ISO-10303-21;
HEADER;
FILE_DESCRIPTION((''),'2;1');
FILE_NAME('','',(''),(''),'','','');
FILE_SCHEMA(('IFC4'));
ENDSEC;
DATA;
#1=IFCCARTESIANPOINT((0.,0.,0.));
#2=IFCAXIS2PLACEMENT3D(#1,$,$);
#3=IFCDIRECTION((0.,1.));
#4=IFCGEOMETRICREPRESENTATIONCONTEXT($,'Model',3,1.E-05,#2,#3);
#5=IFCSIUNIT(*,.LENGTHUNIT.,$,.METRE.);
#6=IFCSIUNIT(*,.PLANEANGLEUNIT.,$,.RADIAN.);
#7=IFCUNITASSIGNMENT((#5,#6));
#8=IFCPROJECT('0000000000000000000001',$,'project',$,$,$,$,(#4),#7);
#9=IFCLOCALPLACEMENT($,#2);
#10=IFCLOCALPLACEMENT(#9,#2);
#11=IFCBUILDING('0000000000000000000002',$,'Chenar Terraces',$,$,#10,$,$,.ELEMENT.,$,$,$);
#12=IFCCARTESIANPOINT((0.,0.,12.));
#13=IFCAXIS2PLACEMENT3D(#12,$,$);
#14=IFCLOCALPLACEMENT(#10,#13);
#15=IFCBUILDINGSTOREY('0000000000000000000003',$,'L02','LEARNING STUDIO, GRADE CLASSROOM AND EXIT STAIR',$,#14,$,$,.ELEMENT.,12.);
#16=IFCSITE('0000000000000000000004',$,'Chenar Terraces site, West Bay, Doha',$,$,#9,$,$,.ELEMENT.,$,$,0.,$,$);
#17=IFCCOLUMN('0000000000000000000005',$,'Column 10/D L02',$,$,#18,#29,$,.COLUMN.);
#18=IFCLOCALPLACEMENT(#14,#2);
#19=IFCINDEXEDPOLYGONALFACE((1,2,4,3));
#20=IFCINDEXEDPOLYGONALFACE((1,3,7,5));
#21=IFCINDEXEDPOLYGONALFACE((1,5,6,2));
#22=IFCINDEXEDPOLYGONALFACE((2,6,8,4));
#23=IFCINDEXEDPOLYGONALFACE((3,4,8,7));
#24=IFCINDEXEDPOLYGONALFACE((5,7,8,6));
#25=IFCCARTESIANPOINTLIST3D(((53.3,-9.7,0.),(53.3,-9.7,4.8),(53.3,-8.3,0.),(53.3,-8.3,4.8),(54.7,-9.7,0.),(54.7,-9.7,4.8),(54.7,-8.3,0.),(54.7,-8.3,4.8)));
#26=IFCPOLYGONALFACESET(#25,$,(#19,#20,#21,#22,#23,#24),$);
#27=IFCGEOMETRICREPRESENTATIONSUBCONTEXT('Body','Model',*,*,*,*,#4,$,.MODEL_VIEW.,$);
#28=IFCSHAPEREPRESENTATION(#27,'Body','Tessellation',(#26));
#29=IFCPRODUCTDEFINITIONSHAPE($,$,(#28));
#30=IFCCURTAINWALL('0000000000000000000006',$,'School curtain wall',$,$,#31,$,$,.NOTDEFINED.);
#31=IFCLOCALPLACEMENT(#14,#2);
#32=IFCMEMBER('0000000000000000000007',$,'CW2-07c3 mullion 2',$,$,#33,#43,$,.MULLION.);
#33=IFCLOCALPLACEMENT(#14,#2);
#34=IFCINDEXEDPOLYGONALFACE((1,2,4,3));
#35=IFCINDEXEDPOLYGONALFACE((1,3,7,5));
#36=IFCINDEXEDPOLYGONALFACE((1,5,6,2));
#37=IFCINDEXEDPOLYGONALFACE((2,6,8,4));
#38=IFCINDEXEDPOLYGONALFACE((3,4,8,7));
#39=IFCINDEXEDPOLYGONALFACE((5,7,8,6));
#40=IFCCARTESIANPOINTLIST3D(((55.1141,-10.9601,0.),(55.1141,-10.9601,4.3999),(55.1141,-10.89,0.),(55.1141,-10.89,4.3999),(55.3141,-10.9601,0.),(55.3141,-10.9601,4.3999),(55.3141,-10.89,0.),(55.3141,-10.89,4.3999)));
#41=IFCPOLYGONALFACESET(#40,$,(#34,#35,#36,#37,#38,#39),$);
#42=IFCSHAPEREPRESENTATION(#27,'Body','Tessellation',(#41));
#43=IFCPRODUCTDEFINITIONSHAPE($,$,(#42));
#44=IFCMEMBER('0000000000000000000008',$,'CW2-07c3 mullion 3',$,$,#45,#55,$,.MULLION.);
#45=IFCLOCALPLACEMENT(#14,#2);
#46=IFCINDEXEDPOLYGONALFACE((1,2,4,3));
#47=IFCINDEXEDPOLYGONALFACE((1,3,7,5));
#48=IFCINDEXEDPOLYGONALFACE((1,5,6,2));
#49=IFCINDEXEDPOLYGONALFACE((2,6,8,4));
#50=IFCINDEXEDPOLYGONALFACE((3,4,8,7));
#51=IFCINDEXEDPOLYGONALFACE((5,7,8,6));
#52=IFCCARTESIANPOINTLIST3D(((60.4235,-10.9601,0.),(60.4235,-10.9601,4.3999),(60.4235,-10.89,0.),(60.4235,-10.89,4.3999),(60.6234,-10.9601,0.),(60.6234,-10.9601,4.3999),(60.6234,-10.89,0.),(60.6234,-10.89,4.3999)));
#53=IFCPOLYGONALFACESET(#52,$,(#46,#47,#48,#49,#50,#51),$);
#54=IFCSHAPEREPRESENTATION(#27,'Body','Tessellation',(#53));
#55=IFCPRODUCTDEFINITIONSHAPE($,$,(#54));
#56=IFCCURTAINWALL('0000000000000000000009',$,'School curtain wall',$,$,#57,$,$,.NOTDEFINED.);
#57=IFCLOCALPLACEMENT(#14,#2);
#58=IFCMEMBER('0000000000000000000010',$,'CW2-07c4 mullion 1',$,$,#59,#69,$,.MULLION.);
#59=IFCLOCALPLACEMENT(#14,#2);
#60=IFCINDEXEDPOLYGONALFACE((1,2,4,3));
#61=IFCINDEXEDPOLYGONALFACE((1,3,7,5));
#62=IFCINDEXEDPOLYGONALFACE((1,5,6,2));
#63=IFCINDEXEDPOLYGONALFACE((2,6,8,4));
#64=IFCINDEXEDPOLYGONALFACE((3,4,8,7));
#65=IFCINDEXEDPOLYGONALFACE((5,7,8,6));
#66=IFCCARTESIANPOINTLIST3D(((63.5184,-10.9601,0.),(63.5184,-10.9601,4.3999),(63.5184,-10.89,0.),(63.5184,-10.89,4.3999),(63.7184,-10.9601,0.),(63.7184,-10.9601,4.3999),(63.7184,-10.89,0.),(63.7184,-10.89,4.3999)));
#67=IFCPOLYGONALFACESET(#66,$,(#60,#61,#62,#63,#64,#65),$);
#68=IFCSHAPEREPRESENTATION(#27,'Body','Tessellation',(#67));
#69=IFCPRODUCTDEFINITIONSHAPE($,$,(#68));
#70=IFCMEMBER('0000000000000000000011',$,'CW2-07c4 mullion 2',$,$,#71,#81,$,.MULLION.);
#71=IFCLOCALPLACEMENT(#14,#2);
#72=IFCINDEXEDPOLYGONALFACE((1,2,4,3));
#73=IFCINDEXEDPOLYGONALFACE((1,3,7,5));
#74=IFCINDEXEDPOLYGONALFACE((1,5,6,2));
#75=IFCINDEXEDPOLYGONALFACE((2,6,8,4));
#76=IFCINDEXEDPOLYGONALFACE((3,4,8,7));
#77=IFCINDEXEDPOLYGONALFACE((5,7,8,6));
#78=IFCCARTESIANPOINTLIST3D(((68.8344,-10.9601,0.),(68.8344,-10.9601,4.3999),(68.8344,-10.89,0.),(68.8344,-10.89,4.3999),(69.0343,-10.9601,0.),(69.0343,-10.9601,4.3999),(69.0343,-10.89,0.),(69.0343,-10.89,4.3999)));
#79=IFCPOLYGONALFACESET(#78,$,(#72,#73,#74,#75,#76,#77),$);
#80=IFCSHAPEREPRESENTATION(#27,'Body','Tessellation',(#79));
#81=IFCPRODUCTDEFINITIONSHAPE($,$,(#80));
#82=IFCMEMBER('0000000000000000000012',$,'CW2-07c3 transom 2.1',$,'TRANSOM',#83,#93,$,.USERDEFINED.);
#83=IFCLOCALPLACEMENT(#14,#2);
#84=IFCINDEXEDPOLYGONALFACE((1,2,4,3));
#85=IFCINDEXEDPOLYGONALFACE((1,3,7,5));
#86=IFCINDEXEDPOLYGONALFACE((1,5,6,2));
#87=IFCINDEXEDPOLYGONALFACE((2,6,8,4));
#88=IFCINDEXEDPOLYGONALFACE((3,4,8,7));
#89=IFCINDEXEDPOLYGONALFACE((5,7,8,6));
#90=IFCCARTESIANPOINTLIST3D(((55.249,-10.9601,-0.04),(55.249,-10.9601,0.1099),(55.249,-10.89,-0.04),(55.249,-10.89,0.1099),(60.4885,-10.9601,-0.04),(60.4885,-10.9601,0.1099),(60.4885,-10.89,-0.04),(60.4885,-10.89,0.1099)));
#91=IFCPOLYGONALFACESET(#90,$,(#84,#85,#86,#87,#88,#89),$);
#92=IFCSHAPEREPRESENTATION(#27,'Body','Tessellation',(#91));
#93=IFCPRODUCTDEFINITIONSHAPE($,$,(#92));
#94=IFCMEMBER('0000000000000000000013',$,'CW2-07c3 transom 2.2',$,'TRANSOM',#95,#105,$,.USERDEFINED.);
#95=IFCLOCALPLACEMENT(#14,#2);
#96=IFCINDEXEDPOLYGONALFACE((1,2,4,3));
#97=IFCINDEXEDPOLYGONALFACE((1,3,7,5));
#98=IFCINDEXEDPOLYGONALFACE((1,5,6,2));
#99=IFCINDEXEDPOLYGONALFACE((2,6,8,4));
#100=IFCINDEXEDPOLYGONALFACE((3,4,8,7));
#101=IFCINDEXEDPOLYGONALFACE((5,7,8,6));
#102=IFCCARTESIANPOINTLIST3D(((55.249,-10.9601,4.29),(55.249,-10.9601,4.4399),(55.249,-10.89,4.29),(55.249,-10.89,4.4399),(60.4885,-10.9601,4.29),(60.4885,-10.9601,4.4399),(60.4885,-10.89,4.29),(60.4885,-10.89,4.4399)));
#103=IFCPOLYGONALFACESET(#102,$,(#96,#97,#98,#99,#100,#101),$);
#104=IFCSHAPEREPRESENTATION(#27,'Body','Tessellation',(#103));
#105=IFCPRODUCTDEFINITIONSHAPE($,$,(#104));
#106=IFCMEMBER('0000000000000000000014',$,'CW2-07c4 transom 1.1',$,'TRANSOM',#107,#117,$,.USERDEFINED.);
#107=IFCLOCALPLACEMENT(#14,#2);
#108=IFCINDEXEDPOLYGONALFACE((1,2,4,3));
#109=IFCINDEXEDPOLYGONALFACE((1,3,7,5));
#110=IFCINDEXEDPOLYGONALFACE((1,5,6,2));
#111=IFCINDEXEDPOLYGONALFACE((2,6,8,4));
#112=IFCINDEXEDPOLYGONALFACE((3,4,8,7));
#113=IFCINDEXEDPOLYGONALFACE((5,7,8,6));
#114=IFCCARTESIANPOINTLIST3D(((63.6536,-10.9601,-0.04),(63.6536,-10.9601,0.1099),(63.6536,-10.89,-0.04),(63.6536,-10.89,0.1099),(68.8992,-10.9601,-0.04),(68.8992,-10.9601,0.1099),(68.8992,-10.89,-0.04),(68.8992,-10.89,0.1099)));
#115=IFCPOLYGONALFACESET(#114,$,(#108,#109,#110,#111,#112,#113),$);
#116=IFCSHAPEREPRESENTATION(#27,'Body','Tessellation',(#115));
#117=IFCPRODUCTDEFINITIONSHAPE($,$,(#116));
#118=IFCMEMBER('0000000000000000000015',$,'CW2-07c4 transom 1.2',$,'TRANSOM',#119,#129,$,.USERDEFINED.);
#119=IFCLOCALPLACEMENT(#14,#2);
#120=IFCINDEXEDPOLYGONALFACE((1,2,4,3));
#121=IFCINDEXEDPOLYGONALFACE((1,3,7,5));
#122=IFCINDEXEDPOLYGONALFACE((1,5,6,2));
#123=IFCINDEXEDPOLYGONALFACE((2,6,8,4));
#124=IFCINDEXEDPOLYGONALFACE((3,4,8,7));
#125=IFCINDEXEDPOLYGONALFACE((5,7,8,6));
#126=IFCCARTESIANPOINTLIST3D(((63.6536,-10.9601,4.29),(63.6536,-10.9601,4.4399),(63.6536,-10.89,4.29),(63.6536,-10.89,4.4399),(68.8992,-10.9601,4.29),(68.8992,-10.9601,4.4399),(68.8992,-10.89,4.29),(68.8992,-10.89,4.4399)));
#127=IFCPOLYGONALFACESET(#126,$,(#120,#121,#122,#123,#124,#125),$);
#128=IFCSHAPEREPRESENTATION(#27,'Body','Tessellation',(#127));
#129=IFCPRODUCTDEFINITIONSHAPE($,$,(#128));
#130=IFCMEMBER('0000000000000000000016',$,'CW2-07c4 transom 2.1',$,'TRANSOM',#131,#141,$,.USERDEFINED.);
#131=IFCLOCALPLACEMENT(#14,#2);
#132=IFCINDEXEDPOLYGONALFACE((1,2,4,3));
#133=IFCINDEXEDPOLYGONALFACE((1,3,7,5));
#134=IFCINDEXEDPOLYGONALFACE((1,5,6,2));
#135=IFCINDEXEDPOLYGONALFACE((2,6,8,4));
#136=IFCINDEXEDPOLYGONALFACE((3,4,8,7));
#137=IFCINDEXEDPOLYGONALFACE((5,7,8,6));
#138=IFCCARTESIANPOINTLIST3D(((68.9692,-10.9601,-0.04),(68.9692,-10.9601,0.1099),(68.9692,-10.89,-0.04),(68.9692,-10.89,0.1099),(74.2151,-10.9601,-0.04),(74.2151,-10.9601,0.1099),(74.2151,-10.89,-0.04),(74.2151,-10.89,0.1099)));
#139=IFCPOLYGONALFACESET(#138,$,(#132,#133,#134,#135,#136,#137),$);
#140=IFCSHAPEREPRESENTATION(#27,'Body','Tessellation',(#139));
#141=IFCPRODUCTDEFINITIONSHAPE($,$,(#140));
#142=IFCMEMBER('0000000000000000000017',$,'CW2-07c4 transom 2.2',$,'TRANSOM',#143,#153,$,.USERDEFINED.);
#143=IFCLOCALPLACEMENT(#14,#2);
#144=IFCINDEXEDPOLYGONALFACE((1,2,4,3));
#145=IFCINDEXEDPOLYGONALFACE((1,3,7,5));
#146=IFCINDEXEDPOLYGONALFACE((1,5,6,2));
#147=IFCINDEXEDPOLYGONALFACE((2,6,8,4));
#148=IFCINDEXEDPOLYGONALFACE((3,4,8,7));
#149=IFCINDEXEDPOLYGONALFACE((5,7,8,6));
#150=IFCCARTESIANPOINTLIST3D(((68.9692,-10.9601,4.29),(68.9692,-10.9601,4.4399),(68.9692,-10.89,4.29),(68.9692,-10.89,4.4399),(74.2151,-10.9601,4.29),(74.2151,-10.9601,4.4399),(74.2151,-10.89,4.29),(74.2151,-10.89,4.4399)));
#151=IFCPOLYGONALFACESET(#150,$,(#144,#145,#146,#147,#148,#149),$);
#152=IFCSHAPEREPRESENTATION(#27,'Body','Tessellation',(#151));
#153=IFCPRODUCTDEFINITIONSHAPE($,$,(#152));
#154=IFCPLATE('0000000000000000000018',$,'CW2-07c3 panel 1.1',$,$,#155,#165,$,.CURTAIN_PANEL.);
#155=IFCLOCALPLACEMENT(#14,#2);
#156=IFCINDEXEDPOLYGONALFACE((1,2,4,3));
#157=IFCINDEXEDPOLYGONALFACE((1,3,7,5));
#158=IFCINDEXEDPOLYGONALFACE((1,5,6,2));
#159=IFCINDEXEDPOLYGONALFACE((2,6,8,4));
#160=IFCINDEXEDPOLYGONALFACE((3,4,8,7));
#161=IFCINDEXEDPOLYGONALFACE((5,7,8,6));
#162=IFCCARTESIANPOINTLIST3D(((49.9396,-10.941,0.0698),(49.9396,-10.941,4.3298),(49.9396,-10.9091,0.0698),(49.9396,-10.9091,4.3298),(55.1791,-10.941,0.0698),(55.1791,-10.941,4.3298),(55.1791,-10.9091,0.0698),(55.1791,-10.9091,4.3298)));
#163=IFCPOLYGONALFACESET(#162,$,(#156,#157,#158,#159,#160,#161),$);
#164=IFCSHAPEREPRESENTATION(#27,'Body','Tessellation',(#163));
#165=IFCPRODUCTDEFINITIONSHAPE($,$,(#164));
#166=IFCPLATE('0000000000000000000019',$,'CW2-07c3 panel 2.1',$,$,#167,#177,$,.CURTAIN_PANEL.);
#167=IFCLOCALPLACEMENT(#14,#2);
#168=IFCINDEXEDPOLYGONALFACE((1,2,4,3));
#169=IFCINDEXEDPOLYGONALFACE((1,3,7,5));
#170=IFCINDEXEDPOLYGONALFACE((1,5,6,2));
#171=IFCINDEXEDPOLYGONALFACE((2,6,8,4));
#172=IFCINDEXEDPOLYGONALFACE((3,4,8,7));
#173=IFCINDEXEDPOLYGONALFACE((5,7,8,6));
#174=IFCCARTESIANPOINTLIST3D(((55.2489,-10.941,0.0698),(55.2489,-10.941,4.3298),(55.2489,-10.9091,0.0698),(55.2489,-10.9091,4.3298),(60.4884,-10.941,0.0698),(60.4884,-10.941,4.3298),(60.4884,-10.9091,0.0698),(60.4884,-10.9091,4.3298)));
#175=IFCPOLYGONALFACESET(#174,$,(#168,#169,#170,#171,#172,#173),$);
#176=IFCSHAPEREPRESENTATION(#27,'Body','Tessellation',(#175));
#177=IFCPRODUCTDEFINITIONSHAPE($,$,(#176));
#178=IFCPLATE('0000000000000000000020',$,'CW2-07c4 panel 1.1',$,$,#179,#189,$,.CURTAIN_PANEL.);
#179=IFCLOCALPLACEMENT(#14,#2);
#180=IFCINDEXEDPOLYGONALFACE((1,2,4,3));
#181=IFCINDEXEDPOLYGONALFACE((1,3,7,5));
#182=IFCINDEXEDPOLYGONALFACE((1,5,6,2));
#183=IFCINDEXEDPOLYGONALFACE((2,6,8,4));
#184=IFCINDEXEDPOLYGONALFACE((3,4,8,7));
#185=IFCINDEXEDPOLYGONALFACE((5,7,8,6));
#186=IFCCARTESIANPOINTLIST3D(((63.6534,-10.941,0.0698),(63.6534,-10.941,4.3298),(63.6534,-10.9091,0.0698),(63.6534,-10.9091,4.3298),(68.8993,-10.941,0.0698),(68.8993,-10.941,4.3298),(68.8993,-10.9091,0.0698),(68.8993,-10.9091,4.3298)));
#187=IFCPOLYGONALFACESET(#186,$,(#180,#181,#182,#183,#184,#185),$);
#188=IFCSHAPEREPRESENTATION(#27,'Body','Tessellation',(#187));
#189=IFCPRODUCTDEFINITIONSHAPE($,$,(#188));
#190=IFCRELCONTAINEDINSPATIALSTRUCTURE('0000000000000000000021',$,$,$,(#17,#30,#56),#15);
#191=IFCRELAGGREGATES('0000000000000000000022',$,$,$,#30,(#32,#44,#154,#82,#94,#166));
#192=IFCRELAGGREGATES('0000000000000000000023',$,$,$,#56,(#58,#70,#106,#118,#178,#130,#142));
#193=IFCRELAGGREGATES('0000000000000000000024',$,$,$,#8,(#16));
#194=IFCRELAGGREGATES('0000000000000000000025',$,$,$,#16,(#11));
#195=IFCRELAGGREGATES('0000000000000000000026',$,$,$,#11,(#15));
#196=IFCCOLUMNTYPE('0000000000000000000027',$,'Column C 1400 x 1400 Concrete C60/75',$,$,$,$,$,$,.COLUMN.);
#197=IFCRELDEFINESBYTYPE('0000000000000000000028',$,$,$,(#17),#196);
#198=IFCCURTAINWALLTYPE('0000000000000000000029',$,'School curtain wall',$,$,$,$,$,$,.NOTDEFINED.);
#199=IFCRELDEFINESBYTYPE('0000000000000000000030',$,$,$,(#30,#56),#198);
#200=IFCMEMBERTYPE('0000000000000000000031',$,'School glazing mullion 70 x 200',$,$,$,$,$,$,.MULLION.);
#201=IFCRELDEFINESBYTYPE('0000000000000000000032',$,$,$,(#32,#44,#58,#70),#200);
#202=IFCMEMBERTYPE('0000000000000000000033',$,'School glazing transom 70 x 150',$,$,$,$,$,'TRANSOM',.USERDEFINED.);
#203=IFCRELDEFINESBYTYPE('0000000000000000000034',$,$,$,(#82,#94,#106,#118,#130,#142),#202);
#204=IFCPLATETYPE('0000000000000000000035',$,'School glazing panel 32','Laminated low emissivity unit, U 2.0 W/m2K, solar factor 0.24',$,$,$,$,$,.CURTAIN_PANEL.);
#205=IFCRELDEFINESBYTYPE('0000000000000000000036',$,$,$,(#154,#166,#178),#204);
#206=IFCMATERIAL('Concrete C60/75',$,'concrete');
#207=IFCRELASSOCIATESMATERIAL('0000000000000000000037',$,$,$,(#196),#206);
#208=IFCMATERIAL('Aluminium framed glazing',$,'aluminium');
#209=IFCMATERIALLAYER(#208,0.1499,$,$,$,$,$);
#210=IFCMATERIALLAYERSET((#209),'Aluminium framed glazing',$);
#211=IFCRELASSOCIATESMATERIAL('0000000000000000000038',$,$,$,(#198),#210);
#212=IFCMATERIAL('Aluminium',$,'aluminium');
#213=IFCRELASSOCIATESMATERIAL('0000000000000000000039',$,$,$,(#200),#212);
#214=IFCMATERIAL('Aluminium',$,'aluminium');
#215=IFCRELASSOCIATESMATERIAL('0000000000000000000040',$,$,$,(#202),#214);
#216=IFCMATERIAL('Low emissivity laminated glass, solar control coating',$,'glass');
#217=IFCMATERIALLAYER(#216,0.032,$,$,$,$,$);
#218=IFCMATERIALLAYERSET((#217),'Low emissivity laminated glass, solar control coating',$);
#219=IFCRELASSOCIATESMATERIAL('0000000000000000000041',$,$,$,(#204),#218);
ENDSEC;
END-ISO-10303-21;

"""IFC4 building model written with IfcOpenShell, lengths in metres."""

from ifc_helpers import new_model, si_unit, direction, frame, origin, origin_2d, place, context, subcontext, project, spatial, rectangle, extrude, material, layer, layer_set, material_profile, profile_set, type_object, element, aggregate, save


model = new_model("IFC4")

# Units and contexts
model_context = context("Model", 3, precision=1e-05, world=origin(), true_north=direction((0.0, 1.0)))
body_context = subcontext(model_context, "Body", "Model", "MODEL_VIEW")
ifc_project = project(units=[si_unit("LENGTHUNIT", "METRE"), si_unit("PLANEANGLEUNIT", "RADIAN")], contexts=[model_context])

# Site, building, storey
site_placement = place(None, origin())
site = spatial("IfcSite", under=ifc_project, at=site_placement, Name="Chenar Terraces site, West Bay, Doha", CompositionType="ELEMENT", RefElevation=0.0)
building_placement = place(site_placement, origin())
building = spatial("IfcBuilding", under=site, at=building_placement, Name="Chenar Terraces", CompositionType="ELEMENT")
storey_placement = place(building_placement, frame((0.0, 0.0, 12.0)))
storey = spatial("IfcBuildingStorey", under=building, at=storey_placement, Name="L02", Description="LEARNING STUDIO, GRADE CLASSROOM AND EXIT STAIR", CompositionType="ELEMENT", Elevation=12.0)

# Column
ifc_material_1 = material(Name="Concrete C60/75", Category="concrete")
ifc_material_profile_1 = material_profile(ifc_material_1, rectangle(XDim=1.3999, YDim=1.3999, at=origin_2d()), Name="C 1400 x 1400")
ifc_profile_set_1 = profile_set([ifc_material_profile_1], Name="Concrete C60/75")
column_type = type_object("IfcColumnType", Name="Column C 1400 x 1400 Concrete C60/75", PredefinedType="COLUMN", material=ifc_profile_set_1)
column_placement = place(storey_placement, frame((54.0, -9.0, 0.0), z_axis=(0.0, 0.0, 1.0), x_axis=(1.0, 0.0, 0.0)))
element("IfcColumn", 1, at=column_placement, inside=storey, type_object=column_type, Name="Column 10/D L02", PredefinedType="COLUMN", context=body_context, shape_type="SweptSolid", body=[
    extrude(rectangle(XDim=1.3999, YDim=1.3999, at=origin_2d()), origin(), (0.0, 0.0, 1.0), 4.8),
])

# Curtain walls, members
ifc_material_2 = material(Name="Aluminium framed glazing", Category="aluminium")
ifc_layer_1 = layer(ifc_material_2, 0.1499)
ifc_layer_set_1 = layer_set([ifc_layer_1], Name="Aluminium framed glazing")
curtain_wall_type = type_object("IfcCurtainWallType", Name="School curtain wall", PredefinedType="NOTDEFINED", material=ifc_layer_set_1)
placement = place(storey_placement, origin())
curtain_wall_1 = element("IfcCurtainWall", 2, at=placement, inside=storey, type_object=curtain_wall_type, Name="School curtain wall", PredefinedType="NOTDEFINED")
ifc_material_3 = material(Name="Aluminium", Category="aluminium")
ifc_material_profile_2 = material_profile(ifc_material_3, rectangle(XDim=0.0701, YDim=0.2, at=origin_2d()), Name="School glazing mullion 70 x 200")
ifc_profile_set_2 = profile_set([ifc_material_profile_2], Name="Aluminium")
member_type_1 = type_object("IfcMemberType", Name="School glazing mullion 70 x 200", PredefinedType="MULLION", material=ifc_profile_set_2)
member_1_placement = place(storey_placement, frame((55.2141, -10.925, 0.0), z_axis=(0.0, 0.0, 1.0), x_axis=(0.0, 1.0, 0.0)))
member_1 = element("IfcMember", 3, at=member_1_placement, type_object=member_type_1, Name="CW2-07c3 mullion 2", PredefinedType="MULLION", context=body_context, shape_type="SweptSolid", body=[
    extrude(rectangle(XDim=0.0701, YDim=0.2, at=origin_2d()), origin(), (0.0, 0.0, 1.0), 4.3999),
])
member_2_placement = place(storey_placement, frame((60.5234, -10.925, 0.0), z_axis=(0.0, 0.0, 1.0), x_axis=(0.0, 1.0, 0.0)))
member_2 = element("IfcMember", 4, at=member_2_placement, type_object=member_type_1, Name="CW2-07c3 mullion 3", PredefinedType="MULLION", context=body_context, shape_type="SweptSolid", body=[
    extrude(rectangle(XDim=0.0701, YDim=0.2, at=origin_2d()), origin(), (0.0, 0.0, 1.0), 4.3999),
])
curtain_wall_2 = element("IfcCurtainWall", 5, at=placement, inside=storey, type_object=curtain_wall_type, Name="School curtain wall", PredefinedType="NOTDEFINED")
member_3_placement = place(storey_placement, frame((63.6184, -10.925, 0.0), z_axis=(0.0, 0.0, 1.0), x_axis=(0.0, 1.0, 0.0)))
member_3 = element("IfcMember", 6, at=member_3_placement, type_object=member_type_1, Name="CW2-07c4 mullion 1", PredefinedType="MULLION", context=body_context, shape_type="SweptSolid", body=[
    extrude(rectangle(XDim=0.0701, YDim=0.2, at=origin_2d()), origin(), (0.0, 0.0, 1.0), 4.3999),
])
member_4_placement = place(storey_placement, frame((68.9343, -10.925, 0.0), z_axis=(0.0, 0.0, 1.0), x_axis=(0.0, 1.0, 0.0)))
member_4 = element("IfcMember", 7, at=member_4_placement, type_object=member_type_1, Name="CW2-07c4 mullion 2", PredefinedType="MULLION", context=body_context, shape_type="SweptSolid", body=[
    extrude(rectangle(XDim=0.0701, YDim=0.2, at=origin_2d()), origin(), (0.0, 0.0, 1.0), 4.3999),
])

# Members
ifc_material_4 = material(Name="Aluminium", Category="aluminium")
ifc_material_profile_3 = material_profile(ifc_material_4, rectangle(XDim=0.0701, YDim=0.1499, at=origin_2d()), Name="School glazing transom 70 x 150")
ifc_profile_set_3 = profile_set([ifc_material_profile_3], Name="Aluminium")
member_type_2 = type_object("IfcMemberType", Name="School glazing transom 70 x 150", ElementType="TRANSOM", PredefinedType="USERDEFINED", material=ifc_profile_set_3)
member_5_placement = place(storey_placement, frame((55.249, -10.925, 0.0349), z_axis=(1.0, 0.0, 0.0), x_axis=(0.0, 1.0, 0.0)))
member_5 = element("IfcMember", 8, at=member_5_placement, type_object=member_type_2, Name="CW2-07c3 transom 2.1", ObjectType="TRANSOM", PredefinedType="USERDEFINED", context=body_context, shape_type="SweptSolid", body=[
    extrude(rectangle(XDim=0.0701, YDim=0.1499, at=origin_2d()), origin(), (0.0, 0.0, 1.0), 5.2395),
])
member_6_placement = place(storey_placement, frame((55.249, -10.925, 4.365), z_axis=(1.0, 0.0, 0.0), x_axis=(0.0, 1.0, 0.0)))
member_6 = element("IfcMember", 9, at=member_6_placement, type_object=member_type_2, Name="CW2-07c3 transom 2.2", ObjectType="TRANSOM", PredefinedType="USERDEFINED", context=body_context, shape_type="SweptSolid", body=[
    extrude(rectangle(XDim=0.0701, YDim=0.1499, at=origin_2d()), origin(), (0.0, 0.0, 1.0), 5.2395),
])
member_7_placement = place(storey_placement, frame((63.6536, -10.925, 0.0349), z_axis=(1.0, 0.0, 0.0), x_axis=(0.0, 1.0, 0.0)))
member_7 = element("IfcMember", 10, at=member_7_placement, type_object=member_type_2, Name="CW2-07c4 transom 1.1", ObjectType="TRANSOM", PredefinedType="USERDEFINED", context=body_context, shape_type="SweptSolid", body=[
    extrude(rectangle(XDim=0.0701, YDim=0.1499, at=origin_2d()), origin(), (0.0, 0.0, 1.0), 5.2456),
])
member_8_placement = place(storey_placement, frame((63.6536, -10.925, 4.365), z_axis=(1.0, 0.0, 0.0), x_axis=(0.0, 1.0, 0.0)))
member_8 = element("IfcMember", 11, at=member_8_placement, type_object=member_type_2, Name="CW2-07c4 transom 1.2", ObjectType="TRANSOM", PredefinedType="USERDEFINED", context=body_context, shape_type="SweptSolid", body=[
    extrude(rectangle(XDim=0.0701, YDim=0.1499, at=origin_2d()), origin(), (0.0, 0.0, 1.0), 5.2456),
])
member_9_placement = place(storey_placement, frame((68.9692, -10.925, 0.0349), z_axis=(1.0, 0.0, 0.0), x_axis=(0.0, 1.0, 0.0)))
member_9 = element("IfcMember", 12, at=member_9_placement, type_object=member_type_2, Name="CW2-07c4 transom 2.1", ObjectType="TRANSOM", PredefinedType="USERDEFINED", context=body_context, shape_type="SweptSolid", body=[
    extrude(rectangle(XDim=0.0701, YDim=0.1499, at=origin_2d()), origin(), (0.0, 0.0, 1.0), 5.2458),
])
member_10_placement = place(storey_placement, frame((68.9692, -10.925, 4.365), z_axis=(1.0, 0.0, 0.0), x_axis=(0.0, 1.0, 0.0)))
member_10 = element("IfcMember", 13, at=member_10_placement, type_object=member_type_2, Name="CW2-07c4 transom 2.2", ObjectType="TRANSOM", PredefinedType="USERDEFINED", context=body_context, shape_type="SweptSolid", body=[
    extrude(rectangle(XDim=0.0701, YDim=0.1499, at=origin_2d()), origin(), (0.0, 0.0, 1.0), 5.2458),
])

# Plates
ifc_material_5 = material(Name="Low emissivity laminated glass, solar control coating", Category="glass")
ifc_layer_2 = layer(ifc_material_5, 0.032)
ifc_layer_set_2 = layer_set([ifc_layer_2], Name="Low emissivity laminated glass, solar control coating")
plate_type = type_object("IfcPlateType", Name="School glazing panel 32", Description="Laminated low emissivity unit, U 2.0 W/m2K, solar factor 0.24", PredefinedType="CURTAIN_PANEL", material=ifc_layer_set_2)
plate_1_placement = place(storey_placement, frame((52.5593, -10.925, 0.0698), z_axis=(0.0, 0.0, 1.0), x_axis=(1.0, 0.0, 0.0)))
plate_1 = element("IfcPlate", 14, at=plate_1_placement, type_object=plate_type, Name="CW2-07c3 panel 1.1", PredefinedType="CURTAIN_PANEL", context=body_context, shape_type="SweptSolid", body=[
    extrude(rectangle(XDim=5.2395, YDim=0.032, at=origin_2d()), origin(), (0.0, 0.0, 1.0), 4.26),
])
plate_2_placement = place(storey_placement, frame((57.8687, -10.925, 0.0698), z_axis=(0.0, 0.0, 1.0), x_axis=(1.0, 0.0, 0.0)))
plate_2 = element("IfcPlate", 15, at=plate_2_placement, type_object=plate_type, Name="CW2-07c3 panel 2.1", PredefinedType="CURTAIN_PANEL", context=body_context, shape_type="SweptSolid", body=[
    extrude(rectangle(XDim=5.2395, YDim=0.032, at=origin_2d()), origin(), (0.0, 0.0, 1.0), 4.26),
])
aggregate(curtain_wall_1, [member_1, member_2, plate_1, member_5, member_6, plate_2])
plate_3_placement = place(storey_placement, frame((66.2764, -10.925, 0.0698), z_axis=(0.0, 0.0, 1.0), x_axis=(1.0, 0.0, 0.0)))
plate_3 = element("IfcPlate", 16, at=plate_3_placement, type_object=plate_type, Name="CW2-07c4 panel 1.1", PredefinedType="CURTAIN_PANEL", context=body_context, shape_type="SweptSolid", body=[
    extrude(rectangle(XDim=5.2458, YDim=0.032, at=origin_2d()), origin(), (0.0, 0.0, 1.0), 4.26),
])
aggregate(curtain_wall_2, [member_3, member_4, member_7, member_8, plate_3, member_9, member_10])

save(model, "model.ifc")
